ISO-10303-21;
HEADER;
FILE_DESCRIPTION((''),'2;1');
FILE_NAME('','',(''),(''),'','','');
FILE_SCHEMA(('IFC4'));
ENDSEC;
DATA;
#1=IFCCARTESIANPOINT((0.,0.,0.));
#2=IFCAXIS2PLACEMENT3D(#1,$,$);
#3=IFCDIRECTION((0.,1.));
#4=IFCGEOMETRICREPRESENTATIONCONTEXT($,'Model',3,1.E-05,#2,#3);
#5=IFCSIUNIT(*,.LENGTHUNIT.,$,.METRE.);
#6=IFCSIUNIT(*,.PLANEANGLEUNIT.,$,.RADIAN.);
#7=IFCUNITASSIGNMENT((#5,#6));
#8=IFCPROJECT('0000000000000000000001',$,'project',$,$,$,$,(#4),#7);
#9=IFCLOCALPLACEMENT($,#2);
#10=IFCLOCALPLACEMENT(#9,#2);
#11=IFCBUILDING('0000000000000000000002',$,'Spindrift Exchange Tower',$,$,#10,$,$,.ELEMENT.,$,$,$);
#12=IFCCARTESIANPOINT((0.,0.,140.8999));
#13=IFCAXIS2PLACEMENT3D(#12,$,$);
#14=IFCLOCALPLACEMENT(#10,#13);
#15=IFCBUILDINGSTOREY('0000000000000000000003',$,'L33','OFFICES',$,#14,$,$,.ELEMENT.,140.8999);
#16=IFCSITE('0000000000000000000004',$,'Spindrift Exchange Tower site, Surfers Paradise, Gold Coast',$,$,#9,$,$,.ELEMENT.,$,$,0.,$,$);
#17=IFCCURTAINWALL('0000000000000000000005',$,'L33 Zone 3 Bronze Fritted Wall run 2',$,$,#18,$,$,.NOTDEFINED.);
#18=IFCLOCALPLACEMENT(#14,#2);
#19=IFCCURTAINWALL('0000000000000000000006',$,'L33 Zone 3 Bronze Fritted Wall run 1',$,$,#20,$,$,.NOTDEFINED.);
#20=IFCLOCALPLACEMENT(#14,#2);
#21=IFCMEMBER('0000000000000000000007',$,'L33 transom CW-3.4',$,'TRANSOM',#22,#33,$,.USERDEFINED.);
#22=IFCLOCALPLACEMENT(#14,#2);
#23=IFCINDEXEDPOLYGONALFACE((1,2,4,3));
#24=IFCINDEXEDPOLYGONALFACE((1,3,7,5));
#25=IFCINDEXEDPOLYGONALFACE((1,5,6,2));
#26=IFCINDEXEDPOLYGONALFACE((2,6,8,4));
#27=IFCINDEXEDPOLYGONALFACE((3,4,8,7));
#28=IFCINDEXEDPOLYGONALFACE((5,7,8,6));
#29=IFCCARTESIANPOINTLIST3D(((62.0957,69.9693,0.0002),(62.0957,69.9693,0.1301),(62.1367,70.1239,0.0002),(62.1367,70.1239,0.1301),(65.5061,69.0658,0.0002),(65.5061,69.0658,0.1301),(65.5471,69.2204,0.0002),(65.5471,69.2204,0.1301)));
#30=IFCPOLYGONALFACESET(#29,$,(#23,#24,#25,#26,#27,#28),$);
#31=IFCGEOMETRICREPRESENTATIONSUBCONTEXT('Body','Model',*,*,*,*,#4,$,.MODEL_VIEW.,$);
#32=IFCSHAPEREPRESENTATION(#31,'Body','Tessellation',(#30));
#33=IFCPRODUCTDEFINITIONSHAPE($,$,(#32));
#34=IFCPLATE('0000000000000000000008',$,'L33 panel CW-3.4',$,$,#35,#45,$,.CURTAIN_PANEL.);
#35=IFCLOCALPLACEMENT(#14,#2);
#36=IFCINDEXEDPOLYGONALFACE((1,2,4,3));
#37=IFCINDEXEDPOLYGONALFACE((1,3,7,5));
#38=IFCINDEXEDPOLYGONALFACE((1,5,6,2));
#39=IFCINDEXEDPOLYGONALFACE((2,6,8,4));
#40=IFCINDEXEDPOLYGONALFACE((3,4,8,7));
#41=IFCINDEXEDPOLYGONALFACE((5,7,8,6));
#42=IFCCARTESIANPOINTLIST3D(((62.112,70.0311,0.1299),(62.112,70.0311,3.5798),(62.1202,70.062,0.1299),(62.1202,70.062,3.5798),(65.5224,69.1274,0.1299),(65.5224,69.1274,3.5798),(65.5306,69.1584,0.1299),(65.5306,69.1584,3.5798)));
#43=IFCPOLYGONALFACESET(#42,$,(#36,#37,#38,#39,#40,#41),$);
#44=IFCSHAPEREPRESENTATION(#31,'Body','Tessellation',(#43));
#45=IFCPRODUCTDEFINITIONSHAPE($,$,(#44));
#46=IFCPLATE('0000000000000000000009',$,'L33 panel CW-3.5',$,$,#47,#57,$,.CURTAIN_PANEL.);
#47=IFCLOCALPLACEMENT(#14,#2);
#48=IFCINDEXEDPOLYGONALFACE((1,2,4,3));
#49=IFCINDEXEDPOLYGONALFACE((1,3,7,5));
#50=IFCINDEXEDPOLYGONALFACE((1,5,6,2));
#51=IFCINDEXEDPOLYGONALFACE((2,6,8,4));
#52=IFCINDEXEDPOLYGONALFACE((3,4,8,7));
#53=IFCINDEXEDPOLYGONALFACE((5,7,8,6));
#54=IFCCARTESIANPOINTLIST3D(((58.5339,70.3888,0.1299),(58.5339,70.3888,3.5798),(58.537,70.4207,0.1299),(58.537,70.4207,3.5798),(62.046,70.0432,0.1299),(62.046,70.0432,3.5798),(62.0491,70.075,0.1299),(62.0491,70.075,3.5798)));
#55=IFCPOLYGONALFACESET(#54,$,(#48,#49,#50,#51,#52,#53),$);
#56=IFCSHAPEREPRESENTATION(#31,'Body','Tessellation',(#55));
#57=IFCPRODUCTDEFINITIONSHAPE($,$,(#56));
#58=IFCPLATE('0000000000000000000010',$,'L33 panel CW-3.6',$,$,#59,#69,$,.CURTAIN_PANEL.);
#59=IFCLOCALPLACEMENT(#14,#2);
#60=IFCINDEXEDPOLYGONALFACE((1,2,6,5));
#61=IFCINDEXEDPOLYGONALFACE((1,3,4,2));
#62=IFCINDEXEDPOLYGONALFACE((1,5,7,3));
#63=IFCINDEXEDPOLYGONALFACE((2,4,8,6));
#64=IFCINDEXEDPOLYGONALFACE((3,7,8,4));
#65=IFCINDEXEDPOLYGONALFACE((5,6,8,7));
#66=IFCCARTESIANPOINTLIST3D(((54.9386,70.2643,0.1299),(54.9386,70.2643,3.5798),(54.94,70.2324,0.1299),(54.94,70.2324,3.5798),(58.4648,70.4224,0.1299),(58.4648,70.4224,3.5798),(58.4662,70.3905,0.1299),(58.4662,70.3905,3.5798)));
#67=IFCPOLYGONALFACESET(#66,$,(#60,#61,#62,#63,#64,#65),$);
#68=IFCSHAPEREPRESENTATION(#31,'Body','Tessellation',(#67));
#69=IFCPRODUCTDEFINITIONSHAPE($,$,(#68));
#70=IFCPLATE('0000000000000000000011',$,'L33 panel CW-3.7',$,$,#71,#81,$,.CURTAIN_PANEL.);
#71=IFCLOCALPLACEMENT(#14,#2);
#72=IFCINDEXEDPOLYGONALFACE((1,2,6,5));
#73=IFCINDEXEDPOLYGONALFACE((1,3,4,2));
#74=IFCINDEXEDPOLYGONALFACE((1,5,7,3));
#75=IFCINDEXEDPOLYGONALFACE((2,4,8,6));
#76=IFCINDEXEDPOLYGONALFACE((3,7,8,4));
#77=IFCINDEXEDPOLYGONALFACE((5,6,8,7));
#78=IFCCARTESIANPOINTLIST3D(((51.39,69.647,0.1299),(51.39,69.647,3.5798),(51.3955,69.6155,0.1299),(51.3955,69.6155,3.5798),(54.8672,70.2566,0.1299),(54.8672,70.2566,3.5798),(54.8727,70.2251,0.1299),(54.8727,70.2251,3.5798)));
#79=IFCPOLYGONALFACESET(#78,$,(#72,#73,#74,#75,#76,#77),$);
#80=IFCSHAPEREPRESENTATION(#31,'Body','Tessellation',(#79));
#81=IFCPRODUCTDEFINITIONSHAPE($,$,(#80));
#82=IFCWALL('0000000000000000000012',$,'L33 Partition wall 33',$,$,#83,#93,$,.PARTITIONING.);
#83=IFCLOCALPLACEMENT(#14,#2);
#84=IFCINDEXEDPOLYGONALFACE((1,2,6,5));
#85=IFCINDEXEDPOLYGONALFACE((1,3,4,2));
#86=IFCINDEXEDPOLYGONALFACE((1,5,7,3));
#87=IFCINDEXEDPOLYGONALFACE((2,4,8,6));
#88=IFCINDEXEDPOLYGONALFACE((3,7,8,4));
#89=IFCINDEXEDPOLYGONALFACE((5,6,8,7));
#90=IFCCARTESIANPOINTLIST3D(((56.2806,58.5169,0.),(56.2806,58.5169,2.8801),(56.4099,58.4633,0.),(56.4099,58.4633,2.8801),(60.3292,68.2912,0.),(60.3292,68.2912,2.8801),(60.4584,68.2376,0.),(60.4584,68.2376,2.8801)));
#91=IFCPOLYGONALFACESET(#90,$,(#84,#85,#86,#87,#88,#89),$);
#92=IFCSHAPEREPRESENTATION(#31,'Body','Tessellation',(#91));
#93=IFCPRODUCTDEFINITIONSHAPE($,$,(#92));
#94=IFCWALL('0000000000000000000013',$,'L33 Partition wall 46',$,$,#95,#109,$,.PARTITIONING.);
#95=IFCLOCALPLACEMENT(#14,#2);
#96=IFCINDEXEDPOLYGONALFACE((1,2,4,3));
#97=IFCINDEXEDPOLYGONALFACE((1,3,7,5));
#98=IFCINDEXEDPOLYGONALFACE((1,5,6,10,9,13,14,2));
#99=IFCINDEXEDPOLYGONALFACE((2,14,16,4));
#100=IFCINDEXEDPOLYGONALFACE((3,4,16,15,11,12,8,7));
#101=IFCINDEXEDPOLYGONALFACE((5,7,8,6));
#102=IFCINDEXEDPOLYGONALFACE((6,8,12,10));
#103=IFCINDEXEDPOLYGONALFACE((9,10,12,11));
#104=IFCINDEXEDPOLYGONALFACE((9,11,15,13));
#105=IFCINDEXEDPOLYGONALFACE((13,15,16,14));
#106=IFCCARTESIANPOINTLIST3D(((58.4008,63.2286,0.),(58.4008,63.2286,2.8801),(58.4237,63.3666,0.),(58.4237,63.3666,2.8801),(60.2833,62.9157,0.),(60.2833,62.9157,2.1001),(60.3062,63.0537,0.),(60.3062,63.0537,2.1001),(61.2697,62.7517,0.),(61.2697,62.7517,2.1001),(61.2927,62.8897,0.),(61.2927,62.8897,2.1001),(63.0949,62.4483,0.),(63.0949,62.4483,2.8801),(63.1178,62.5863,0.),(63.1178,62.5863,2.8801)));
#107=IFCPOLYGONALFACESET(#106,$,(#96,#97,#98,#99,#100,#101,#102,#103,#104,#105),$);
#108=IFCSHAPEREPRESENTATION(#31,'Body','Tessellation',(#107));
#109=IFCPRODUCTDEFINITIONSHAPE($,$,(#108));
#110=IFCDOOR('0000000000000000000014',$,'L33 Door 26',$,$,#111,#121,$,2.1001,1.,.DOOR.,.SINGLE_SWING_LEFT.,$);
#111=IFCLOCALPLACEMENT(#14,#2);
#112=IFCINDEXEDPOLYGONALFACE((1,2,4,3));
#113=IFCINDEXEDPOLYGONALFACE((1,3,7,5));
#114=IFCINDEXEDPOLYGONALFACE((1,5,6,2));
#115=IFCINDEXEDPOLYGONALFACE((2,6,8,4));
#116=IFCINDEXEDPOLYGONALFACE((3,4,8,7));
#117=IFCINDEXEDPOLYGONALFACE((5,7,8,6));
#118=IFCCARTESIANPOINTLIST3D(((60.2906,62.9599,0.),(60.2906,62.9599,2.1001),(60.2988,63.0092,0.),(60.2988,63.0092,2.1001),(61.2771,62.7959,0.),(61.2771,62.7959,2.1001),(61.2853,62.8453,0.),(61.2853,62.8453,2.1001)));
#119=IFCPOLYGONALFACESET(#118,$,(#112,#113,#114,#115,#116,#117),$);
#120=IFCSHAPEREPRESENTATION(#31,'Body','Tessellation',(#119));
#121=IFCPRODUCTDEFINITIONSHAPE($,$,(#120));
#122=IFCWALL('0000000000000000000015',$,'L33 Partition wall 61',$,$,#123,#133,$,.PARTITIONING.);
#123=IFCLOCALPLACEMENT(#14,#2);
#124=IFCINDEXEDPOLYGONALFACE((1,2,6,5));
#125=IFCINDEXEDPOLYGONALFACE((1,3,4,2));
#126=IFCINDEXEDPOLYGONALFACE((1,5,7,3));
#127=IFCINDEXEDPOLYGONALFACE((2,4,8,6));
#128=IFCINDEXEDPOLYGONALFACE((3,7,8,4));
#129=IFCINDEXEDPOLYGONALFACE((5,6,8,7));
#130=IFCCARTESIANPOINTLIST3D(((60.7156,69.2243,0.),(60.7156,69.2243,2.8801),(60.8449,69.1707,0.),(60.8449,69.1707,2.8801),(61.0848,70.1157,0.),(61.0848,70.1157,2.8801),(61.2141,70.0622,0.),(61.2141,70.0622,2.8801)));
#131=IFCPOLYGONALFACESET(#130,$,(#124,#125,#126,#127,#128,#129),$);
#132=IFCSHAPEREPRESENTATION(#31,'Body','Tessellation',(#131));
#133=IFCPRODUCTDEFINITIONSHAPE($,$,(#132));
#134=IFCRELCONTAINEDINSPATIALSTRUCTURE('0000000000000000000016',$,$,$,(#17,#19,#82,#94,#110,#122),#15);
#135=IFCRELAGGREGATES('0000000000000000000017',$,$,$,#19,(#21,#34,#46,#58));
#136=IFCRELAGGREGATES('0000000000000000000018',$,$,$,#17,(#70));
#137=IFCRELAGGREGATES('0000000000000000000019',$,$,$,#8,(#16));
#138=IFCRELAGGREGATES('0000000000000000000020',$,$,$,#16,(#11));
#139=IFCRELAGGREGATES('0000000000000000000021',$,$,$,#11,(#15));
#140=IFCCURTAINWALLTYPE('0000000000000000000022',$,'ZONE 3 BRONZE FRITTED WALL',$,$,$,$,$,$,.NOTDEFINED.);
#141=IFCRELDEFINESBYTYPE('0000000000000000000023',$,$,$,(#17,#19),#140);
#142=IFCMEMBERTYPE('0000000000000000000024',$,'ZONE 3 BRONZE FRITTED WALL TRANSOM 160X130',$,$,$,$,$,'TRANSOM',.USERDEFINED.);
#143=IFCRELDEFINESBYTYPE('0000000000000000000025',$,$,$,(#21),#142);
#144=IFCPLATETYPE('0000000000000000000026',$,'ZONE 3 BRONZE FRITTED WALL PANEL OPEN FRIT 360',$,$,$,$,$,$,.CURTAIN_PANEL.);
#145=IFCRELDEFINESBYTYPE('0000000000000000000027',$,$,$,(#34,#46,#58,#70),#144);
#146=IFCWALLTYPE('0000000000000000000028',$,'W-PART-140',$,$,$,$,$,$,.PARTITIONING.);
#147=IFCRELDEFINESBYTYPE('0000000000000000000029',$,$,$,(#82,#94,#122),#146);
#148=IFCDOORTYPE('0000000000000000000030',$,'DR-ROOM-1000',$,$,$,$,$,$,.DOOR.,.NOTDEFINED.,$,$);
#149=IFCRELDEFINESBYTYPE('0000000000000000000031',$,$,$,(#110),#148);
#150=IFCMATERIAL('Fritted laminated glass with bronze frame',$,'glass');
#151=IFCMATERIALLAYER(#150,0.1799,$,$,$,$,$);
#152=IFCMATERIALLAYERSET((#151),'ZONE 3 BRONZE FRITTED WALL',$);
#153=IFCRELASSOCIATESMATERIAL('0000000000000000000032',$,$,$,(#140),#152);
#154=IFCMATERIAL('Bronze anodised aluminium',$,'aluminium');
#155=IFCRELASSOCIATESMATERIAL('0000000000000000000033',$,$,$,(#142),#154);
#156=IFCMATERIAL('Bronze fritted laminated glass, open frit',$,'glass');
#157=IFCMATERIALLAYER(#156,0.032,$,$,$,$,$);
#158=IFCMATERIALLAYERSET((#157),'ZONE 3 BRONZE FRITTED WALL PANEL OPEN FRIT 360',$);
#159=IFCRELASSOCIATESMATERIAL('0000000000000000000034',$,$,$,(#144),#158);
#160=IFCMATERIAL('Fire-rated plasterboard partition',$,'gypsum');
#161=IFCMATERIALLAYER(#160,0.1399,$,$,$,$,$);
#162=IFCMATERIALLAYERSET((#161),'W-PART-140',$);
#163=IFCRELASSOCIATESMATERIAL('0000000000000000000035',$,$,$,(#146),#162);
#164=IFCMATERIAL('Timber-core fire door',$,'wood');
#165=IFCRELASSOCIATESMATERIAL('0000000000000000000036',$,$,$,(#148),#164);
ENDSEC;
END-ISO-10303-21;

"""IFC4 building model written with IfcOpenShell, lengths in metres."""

from ifc_helpers import new_model, si_unit, direction, frame, frame_2d, origin, origin_2d, place, context, subcontext, project, spatial, rectangle, extrude, source, transform, mapped, material, layer, layer_set, material_profile, profile_set, type_object, element, fill, aggregate, save


model = new_model("IFC4")

# Units and contexts
model_context = context("Model", 3, precision=1e-05, world=origin(), true_north=direction((0.0, 1.0)))
body_context = subcontext(model_context, "Body", "Model", "MODEL_VIEW")
ifc_project = project(units=[si_unit("LENGTHUNIT", "METRE"), si_unit("PLANEANGLEUNIT", "RADIAN")], contexts=[model_context])

# Site, building, storey
site_placement = place(None, origin())
site = spatial("IfcSite", under=ifc_project, at=site_placement, Name="Spindrift Exchange Tower site, Surfers Paradise, Gold Coast", CompositionType="ELEMENT", RefElevation=0.0)
building_placement = place(site_placement, origin())
building = spatial("IfcBuilding", under=site, at=building_placement, Name="Spindrift Exchange Tower", CompositionType="ELEMENT")
storey_placement = place(building_placement, frame((0.0, 0.0, 140.8999)))
storey = spatial("IfcBuildingStorey", under=building, at=storey_placement, Name="L33", Description="OFFICES", CompositionType="ELEMENT", Elevation=140.8999)

# Curtain wall
ifc_material_1 = material(Name="Fritted laminated glass with bronze frame", Category="glass")
ifc_layer_1 = layer(ifc_material_1, 0.1799)
ifc_layer_set_1 = layer_set([ifc_layer_1], Name="ZONE 3 BRONZE FRITTED WALL")
curtain_wall_type = type_object("IfcCurtainWallType", Name="ZONE 3 BRONZE FRITTED WALL", PredefinedType="NOTDEFINED", material=ifc_layer_set_1)
curtain_wall_1_placement = place(storey_placement, origin())
curtain_wall_1 = element("IfcCurtainWall", 1, at=curtain_wall_1_placement, inside=storey, type_object=curtain_wall_type, Name="L33 Zone 3 Bronze Fritted Wall run 2", PredefinedType="NOTDEFINED")
ifc_material_2 = material(Name="Bronze anodised aluminium", Category="aluminium")
ifc_material_profile_1 = material_profile(ifc_material_2, rectangle(XDim=0.1599, YDim=0.1299, at=origin_2d()), Name="ZONE 3 BRONZE FRITTED WALL TRANSOM 160X130")
ifc_profile_set_1 = profile_set([ifc_material_profile_1], Name="Bronze anodised aluminium")
member_type_1 = type_object("IfcMemberType", Name="ZONE 3 BRONZE FRITTED WALL TRANSOM 160X130", ElementType="TRANSOM", PredefinedType="USERDEFINED", material=ifc_profile_set_1)

# Curtain wall
curtain_wall_2_placement = place(storey_placement, origin())
curtain_wall_2 = element("IfcCurtainWall", 2, at=curtain_wall_2_placement, inside=storey, type_object=curtain_wall_type, Name="L33 Zone 3 Bronze Fritted Wall run 1", PredefinedType="NOTDEFINED")

# Member
shared_shape_1 = source(origin(), body_context, "Body", "SweptSolid", [
    extrude(rectangle(XDim=0.1599, YDim=0.1299, at=origin_2d()), origin(), (0.0, 0.0, 1.0), 3.5281),
])
member_1_placement = place(storey_placement, frame((65.5266, 69.1431, 0.0652), z_axis=(-0.966648, 0.256107, 0.0), x_axis=(-0.256107, -0.966648, 0.0)))
member_1 = element("IfcMember", 3, at=member_1_placement, type_object=member_type_1, Name="L33 transom CW-3.4", ObjectType="TRANSOM", PredefinedType="USERDEFINED", context=body_context, shape_type="MappedRepresentation", body=[
    mapped(shared_shape_1, transform((0.0, 0.0, 0.0), scale=1.0)),
])

# Plates
ifc_material_3 = material(Name="Bronze fritted laminated glass, open frit", Category="glass")
ifc_layer_2 = layer(ifc_material_3, 0.032)
ifc_layer_set_2 = layer_set([ifc_layer_2], Name="ZONE 3 BRONZE FRITTED WALL PANEL OPEN FRIT 360")
plate_type = type_object("IfcPlateType", Name="ZONE 3 BRONZE FRITTED WALL PANEL OPEN FRIT 360", PredefinedType="CURTAIN_PANEL", material=ifc_layer_set_2)
shared_shape_2 = source(origin(), body_context, "Body", "SweptSolid", [
    extrude(rectangle(XDim=3.5281, YDim=0.032, at=origin_2d()), origin(), (0.0, 0.0, 1.0), 3.45),
])
plate_1_placement = place(storey_placement, frame((63.8213, 69.5947, 0.1299), z_axis=(0.0, 0.0, 1.0), x_axis=(-0.966642, 0.256132, 0.0)))
plate_1 = element("IfcPlate", 4, at=plate_1_placement, type_object=plate_type, Name="L33 panel CW-3.4", PredefinedType="CURTAIN_PANEL", context=body_context, shape_type="MappedRepresentation", body=[
    mapped(shared_shape_2, transform((0.0, 0.0, 0.0), scale=1.0)),
])
shared_shape_3 = source(origin(), body_context, "Body", "SweptSolid", [
    extrude(rectangle(XDim=3.5291, YDim=0.032, at=origin_2d()), origin(), (0.0, 0.0, 1.0), 3.45),
])
plate_2_placement = place(storey_placement, frame((60.2915, 70.2319, 0.1299), z_axis=(0.0, 0.0, 1.0), x_axis=(-0.995192, 0.097941, 0.0)))
plate_2 = element("IfcPlate", 5, at=plate_2_placement, type_object=plate_type, Name="L33 panel CW-3.5", PredefinedType="CURTAIN_PANEL", context=body_context, shape_type="MappedRepresentation", body=[
    mapped(shared_shape_3, transform((0.0, 0.0, 0.0), scale=1.0)),
])
shared_shape_4 = source(origin(), body_context, "Body", "SweptSolid", [
    extrude(rectangle(XDim=3.5298, YDim=0.032, at=origin_2d()), origin(), (0.0, 0.0, 1.0), 3.45),
])
plate_3_placement = place(storey_placement, frame((56.7024, 70.3274, 0.1299), z_axis=(0.0, 0.0, 1.0), x_axis=(-0.998997, -0.044781, 0.0)))
plate_3 = element("IfcPlate", 6, at=plate_3_placement, type_object=plate_type, Name="L33 panel CW-3.6", PredefinedType="CURTAIN_PANEL", context=body_context, shape_type="MappedRepresentation", body=[
    mapped(shared_shape_4, transform((0.0, 0.0, 0.0), scale=1.0)),
])
aggregate(curtain_wall_2, [member_1, plate_1, plate_2, plate_3])
shared_shape_5 = source(origin(), body_context, "Body", "SweptSolid", [
    extrude(rectangle(XDim=3.5303, YDim=0.032, at=origin_2d()), origin(), (0.0, 0.0, 1.0), 3.45),
])
plate_4_placement = place(storey_placement, frame((53.1313, 69.936, 0.1299), z_axis=(0.0, 0.0, 1.0), x_axis=(-0.984978, -0.17268, 0.0)))
plate_4 = element("IfcPlate", 7, at=plate_4_placement, type_object=plate_type, Name="L33 panel CW-3.7", PredefinedType="CURTAIN_PANEL", context=body_context, shape_type="MappedRepresentation", body=[
    mapped(shared_shape_5, transform((0.0, 0.0, 0.0), scale=1.0)),
])
aggregate(curtain_wall_1, [plate_4])

# Wall
ifc_material_4 = material(Name="Fire-rated plasterboard partition", Category="gypsum")
ifc_layer_3 = layer(ifc_material_4, 0.1399)
ifc_layer_set_3 = layer_set([ifc_layer_3], Name="W-PART-140")
wall_type = type_object("IfcWallType", Name="W-PART-140", PredefinedType="PARTITIONING", material=ifc_layer_set_3)
wall_1_placement = place(storey_placement, frame((60.3938, 68.2644, 0.0), z_axis=(0.0, 0.0, 1.0), x_axis=(-0.382674, -0.923883, 0.0)))
element("IfcWall", 8, at=wall_1_placement, inside=storey, type_object=wall_type, Name="L33 Partition wall 33", PredefinedType="PARTITIONING", context=body_context, shape_type="SweptSolid", body=[
    extrude(rectangle(XDim=10.5796, YDim=0.1399, at=frame_2d((5.2898, 0.0))), origin(), (0.0, 0.0, 1.0), 2.8801),
])

# Wall, opening, door
wall_2_placement = place(storey_placement, frame((58.4121, 63.2976, 0.0), z_axis=(0.0, 0.0, 1.0), x_axis=(0.986465, -0.163975, 0.0)))
wall_2 = element("IfcWall", 9, at=wall_2_placement, inside=storey, type_object=wall_type, Name="L33 Partition wall 46", PredefinedType="PARTITIONING", context=body_context, shape_type="SweptSolid", body=[
    extrude(rectangle(XDim=4.7585, YDim=0.1399, at=frame_2d((2.3794, 0.0))), origin(), (0.0, 0.0, 1.0), 2.8801),
])
opening_placement = place(wall_2_placement, frame((1.9084, 0.0, 0.0)))
opening = element("IfcOpeningElement", 10, at=opening_placement, cuts=wall_2, PredefinedType="OPENING", context=body_context, shape_type="SweptSolid", body=[
    extrude(rectangle(XDim=1.0, YDim=2.1001, at=frame_2d((0.5, 1.05))), frame((0.0, 0.0798, 0.0), z_axis=(0.0, -1.0, 0.0), x_axis=(1.0, 0.0, 0.0)), (0.0, 0.0, 1.0), 0.1599),
])
ifc_material_5 = material(Name="Timber-core fire door", Category="wood")
door_type = type_object("IfcDoorType", Name="DR-ROOM-1000", OperationType="NOTDEFINED", PredefinedType="DOOR", material=ifc_material_5)
shared_shape_6 = source(origin(), body_context, "Body", "SweptSolid", [
    extrude(rectangle(XDim=1.0, YDim=2.1001, at=frame_2d((0.5, 1.05))), frame((0.0, 0.0249, 0.0), z_axis=(0.0, -1.0, 0.0), x_axis=(1.0, 0.0, 0.0)), (0.0, 0.0, 1.0), 0.05),
])
door_placement = place(opening_placement, origin())
door = element("IfcDoor", 11, at=door_placement, inside=storey, type_object=door_type, Name="L33 Door 26", OperationType="SINGLE_SWING_LEFT", OverallHeight=2.1001, OverallWidth=1.0, PredefinedType="DOOR", context=body_context, shape_type="MappedRepresentation", body=[
    mapped(shared_shape_6, transform((0.0, 0.0, 0.0), scale=1.0)),
])
fill(opening, door)

# Wall
wall_3_placement = place(storey_placement, frame((60.7803, 69.1975, 0.0), z_axis=(0.0, 0.0, 1.0), x_axis=(0.38262, 0.923906, 0.0)))
element("IfcWall", 12, at=wall_3_placement, inside=storey, type_object=wall_type, Name="L33 Partition wall 61", PredefinedType="PARTITIONING", context=body_context, shape_type="SweptSolid", body=[
    extrude(rectangle(XDim=0.9648, YDim=0.1399, at=frame_2d((0.4824, 0.0))), origin(), (0.0, 0.0, 1.0), 2.8801),
])

save(model, "model.ifc")
